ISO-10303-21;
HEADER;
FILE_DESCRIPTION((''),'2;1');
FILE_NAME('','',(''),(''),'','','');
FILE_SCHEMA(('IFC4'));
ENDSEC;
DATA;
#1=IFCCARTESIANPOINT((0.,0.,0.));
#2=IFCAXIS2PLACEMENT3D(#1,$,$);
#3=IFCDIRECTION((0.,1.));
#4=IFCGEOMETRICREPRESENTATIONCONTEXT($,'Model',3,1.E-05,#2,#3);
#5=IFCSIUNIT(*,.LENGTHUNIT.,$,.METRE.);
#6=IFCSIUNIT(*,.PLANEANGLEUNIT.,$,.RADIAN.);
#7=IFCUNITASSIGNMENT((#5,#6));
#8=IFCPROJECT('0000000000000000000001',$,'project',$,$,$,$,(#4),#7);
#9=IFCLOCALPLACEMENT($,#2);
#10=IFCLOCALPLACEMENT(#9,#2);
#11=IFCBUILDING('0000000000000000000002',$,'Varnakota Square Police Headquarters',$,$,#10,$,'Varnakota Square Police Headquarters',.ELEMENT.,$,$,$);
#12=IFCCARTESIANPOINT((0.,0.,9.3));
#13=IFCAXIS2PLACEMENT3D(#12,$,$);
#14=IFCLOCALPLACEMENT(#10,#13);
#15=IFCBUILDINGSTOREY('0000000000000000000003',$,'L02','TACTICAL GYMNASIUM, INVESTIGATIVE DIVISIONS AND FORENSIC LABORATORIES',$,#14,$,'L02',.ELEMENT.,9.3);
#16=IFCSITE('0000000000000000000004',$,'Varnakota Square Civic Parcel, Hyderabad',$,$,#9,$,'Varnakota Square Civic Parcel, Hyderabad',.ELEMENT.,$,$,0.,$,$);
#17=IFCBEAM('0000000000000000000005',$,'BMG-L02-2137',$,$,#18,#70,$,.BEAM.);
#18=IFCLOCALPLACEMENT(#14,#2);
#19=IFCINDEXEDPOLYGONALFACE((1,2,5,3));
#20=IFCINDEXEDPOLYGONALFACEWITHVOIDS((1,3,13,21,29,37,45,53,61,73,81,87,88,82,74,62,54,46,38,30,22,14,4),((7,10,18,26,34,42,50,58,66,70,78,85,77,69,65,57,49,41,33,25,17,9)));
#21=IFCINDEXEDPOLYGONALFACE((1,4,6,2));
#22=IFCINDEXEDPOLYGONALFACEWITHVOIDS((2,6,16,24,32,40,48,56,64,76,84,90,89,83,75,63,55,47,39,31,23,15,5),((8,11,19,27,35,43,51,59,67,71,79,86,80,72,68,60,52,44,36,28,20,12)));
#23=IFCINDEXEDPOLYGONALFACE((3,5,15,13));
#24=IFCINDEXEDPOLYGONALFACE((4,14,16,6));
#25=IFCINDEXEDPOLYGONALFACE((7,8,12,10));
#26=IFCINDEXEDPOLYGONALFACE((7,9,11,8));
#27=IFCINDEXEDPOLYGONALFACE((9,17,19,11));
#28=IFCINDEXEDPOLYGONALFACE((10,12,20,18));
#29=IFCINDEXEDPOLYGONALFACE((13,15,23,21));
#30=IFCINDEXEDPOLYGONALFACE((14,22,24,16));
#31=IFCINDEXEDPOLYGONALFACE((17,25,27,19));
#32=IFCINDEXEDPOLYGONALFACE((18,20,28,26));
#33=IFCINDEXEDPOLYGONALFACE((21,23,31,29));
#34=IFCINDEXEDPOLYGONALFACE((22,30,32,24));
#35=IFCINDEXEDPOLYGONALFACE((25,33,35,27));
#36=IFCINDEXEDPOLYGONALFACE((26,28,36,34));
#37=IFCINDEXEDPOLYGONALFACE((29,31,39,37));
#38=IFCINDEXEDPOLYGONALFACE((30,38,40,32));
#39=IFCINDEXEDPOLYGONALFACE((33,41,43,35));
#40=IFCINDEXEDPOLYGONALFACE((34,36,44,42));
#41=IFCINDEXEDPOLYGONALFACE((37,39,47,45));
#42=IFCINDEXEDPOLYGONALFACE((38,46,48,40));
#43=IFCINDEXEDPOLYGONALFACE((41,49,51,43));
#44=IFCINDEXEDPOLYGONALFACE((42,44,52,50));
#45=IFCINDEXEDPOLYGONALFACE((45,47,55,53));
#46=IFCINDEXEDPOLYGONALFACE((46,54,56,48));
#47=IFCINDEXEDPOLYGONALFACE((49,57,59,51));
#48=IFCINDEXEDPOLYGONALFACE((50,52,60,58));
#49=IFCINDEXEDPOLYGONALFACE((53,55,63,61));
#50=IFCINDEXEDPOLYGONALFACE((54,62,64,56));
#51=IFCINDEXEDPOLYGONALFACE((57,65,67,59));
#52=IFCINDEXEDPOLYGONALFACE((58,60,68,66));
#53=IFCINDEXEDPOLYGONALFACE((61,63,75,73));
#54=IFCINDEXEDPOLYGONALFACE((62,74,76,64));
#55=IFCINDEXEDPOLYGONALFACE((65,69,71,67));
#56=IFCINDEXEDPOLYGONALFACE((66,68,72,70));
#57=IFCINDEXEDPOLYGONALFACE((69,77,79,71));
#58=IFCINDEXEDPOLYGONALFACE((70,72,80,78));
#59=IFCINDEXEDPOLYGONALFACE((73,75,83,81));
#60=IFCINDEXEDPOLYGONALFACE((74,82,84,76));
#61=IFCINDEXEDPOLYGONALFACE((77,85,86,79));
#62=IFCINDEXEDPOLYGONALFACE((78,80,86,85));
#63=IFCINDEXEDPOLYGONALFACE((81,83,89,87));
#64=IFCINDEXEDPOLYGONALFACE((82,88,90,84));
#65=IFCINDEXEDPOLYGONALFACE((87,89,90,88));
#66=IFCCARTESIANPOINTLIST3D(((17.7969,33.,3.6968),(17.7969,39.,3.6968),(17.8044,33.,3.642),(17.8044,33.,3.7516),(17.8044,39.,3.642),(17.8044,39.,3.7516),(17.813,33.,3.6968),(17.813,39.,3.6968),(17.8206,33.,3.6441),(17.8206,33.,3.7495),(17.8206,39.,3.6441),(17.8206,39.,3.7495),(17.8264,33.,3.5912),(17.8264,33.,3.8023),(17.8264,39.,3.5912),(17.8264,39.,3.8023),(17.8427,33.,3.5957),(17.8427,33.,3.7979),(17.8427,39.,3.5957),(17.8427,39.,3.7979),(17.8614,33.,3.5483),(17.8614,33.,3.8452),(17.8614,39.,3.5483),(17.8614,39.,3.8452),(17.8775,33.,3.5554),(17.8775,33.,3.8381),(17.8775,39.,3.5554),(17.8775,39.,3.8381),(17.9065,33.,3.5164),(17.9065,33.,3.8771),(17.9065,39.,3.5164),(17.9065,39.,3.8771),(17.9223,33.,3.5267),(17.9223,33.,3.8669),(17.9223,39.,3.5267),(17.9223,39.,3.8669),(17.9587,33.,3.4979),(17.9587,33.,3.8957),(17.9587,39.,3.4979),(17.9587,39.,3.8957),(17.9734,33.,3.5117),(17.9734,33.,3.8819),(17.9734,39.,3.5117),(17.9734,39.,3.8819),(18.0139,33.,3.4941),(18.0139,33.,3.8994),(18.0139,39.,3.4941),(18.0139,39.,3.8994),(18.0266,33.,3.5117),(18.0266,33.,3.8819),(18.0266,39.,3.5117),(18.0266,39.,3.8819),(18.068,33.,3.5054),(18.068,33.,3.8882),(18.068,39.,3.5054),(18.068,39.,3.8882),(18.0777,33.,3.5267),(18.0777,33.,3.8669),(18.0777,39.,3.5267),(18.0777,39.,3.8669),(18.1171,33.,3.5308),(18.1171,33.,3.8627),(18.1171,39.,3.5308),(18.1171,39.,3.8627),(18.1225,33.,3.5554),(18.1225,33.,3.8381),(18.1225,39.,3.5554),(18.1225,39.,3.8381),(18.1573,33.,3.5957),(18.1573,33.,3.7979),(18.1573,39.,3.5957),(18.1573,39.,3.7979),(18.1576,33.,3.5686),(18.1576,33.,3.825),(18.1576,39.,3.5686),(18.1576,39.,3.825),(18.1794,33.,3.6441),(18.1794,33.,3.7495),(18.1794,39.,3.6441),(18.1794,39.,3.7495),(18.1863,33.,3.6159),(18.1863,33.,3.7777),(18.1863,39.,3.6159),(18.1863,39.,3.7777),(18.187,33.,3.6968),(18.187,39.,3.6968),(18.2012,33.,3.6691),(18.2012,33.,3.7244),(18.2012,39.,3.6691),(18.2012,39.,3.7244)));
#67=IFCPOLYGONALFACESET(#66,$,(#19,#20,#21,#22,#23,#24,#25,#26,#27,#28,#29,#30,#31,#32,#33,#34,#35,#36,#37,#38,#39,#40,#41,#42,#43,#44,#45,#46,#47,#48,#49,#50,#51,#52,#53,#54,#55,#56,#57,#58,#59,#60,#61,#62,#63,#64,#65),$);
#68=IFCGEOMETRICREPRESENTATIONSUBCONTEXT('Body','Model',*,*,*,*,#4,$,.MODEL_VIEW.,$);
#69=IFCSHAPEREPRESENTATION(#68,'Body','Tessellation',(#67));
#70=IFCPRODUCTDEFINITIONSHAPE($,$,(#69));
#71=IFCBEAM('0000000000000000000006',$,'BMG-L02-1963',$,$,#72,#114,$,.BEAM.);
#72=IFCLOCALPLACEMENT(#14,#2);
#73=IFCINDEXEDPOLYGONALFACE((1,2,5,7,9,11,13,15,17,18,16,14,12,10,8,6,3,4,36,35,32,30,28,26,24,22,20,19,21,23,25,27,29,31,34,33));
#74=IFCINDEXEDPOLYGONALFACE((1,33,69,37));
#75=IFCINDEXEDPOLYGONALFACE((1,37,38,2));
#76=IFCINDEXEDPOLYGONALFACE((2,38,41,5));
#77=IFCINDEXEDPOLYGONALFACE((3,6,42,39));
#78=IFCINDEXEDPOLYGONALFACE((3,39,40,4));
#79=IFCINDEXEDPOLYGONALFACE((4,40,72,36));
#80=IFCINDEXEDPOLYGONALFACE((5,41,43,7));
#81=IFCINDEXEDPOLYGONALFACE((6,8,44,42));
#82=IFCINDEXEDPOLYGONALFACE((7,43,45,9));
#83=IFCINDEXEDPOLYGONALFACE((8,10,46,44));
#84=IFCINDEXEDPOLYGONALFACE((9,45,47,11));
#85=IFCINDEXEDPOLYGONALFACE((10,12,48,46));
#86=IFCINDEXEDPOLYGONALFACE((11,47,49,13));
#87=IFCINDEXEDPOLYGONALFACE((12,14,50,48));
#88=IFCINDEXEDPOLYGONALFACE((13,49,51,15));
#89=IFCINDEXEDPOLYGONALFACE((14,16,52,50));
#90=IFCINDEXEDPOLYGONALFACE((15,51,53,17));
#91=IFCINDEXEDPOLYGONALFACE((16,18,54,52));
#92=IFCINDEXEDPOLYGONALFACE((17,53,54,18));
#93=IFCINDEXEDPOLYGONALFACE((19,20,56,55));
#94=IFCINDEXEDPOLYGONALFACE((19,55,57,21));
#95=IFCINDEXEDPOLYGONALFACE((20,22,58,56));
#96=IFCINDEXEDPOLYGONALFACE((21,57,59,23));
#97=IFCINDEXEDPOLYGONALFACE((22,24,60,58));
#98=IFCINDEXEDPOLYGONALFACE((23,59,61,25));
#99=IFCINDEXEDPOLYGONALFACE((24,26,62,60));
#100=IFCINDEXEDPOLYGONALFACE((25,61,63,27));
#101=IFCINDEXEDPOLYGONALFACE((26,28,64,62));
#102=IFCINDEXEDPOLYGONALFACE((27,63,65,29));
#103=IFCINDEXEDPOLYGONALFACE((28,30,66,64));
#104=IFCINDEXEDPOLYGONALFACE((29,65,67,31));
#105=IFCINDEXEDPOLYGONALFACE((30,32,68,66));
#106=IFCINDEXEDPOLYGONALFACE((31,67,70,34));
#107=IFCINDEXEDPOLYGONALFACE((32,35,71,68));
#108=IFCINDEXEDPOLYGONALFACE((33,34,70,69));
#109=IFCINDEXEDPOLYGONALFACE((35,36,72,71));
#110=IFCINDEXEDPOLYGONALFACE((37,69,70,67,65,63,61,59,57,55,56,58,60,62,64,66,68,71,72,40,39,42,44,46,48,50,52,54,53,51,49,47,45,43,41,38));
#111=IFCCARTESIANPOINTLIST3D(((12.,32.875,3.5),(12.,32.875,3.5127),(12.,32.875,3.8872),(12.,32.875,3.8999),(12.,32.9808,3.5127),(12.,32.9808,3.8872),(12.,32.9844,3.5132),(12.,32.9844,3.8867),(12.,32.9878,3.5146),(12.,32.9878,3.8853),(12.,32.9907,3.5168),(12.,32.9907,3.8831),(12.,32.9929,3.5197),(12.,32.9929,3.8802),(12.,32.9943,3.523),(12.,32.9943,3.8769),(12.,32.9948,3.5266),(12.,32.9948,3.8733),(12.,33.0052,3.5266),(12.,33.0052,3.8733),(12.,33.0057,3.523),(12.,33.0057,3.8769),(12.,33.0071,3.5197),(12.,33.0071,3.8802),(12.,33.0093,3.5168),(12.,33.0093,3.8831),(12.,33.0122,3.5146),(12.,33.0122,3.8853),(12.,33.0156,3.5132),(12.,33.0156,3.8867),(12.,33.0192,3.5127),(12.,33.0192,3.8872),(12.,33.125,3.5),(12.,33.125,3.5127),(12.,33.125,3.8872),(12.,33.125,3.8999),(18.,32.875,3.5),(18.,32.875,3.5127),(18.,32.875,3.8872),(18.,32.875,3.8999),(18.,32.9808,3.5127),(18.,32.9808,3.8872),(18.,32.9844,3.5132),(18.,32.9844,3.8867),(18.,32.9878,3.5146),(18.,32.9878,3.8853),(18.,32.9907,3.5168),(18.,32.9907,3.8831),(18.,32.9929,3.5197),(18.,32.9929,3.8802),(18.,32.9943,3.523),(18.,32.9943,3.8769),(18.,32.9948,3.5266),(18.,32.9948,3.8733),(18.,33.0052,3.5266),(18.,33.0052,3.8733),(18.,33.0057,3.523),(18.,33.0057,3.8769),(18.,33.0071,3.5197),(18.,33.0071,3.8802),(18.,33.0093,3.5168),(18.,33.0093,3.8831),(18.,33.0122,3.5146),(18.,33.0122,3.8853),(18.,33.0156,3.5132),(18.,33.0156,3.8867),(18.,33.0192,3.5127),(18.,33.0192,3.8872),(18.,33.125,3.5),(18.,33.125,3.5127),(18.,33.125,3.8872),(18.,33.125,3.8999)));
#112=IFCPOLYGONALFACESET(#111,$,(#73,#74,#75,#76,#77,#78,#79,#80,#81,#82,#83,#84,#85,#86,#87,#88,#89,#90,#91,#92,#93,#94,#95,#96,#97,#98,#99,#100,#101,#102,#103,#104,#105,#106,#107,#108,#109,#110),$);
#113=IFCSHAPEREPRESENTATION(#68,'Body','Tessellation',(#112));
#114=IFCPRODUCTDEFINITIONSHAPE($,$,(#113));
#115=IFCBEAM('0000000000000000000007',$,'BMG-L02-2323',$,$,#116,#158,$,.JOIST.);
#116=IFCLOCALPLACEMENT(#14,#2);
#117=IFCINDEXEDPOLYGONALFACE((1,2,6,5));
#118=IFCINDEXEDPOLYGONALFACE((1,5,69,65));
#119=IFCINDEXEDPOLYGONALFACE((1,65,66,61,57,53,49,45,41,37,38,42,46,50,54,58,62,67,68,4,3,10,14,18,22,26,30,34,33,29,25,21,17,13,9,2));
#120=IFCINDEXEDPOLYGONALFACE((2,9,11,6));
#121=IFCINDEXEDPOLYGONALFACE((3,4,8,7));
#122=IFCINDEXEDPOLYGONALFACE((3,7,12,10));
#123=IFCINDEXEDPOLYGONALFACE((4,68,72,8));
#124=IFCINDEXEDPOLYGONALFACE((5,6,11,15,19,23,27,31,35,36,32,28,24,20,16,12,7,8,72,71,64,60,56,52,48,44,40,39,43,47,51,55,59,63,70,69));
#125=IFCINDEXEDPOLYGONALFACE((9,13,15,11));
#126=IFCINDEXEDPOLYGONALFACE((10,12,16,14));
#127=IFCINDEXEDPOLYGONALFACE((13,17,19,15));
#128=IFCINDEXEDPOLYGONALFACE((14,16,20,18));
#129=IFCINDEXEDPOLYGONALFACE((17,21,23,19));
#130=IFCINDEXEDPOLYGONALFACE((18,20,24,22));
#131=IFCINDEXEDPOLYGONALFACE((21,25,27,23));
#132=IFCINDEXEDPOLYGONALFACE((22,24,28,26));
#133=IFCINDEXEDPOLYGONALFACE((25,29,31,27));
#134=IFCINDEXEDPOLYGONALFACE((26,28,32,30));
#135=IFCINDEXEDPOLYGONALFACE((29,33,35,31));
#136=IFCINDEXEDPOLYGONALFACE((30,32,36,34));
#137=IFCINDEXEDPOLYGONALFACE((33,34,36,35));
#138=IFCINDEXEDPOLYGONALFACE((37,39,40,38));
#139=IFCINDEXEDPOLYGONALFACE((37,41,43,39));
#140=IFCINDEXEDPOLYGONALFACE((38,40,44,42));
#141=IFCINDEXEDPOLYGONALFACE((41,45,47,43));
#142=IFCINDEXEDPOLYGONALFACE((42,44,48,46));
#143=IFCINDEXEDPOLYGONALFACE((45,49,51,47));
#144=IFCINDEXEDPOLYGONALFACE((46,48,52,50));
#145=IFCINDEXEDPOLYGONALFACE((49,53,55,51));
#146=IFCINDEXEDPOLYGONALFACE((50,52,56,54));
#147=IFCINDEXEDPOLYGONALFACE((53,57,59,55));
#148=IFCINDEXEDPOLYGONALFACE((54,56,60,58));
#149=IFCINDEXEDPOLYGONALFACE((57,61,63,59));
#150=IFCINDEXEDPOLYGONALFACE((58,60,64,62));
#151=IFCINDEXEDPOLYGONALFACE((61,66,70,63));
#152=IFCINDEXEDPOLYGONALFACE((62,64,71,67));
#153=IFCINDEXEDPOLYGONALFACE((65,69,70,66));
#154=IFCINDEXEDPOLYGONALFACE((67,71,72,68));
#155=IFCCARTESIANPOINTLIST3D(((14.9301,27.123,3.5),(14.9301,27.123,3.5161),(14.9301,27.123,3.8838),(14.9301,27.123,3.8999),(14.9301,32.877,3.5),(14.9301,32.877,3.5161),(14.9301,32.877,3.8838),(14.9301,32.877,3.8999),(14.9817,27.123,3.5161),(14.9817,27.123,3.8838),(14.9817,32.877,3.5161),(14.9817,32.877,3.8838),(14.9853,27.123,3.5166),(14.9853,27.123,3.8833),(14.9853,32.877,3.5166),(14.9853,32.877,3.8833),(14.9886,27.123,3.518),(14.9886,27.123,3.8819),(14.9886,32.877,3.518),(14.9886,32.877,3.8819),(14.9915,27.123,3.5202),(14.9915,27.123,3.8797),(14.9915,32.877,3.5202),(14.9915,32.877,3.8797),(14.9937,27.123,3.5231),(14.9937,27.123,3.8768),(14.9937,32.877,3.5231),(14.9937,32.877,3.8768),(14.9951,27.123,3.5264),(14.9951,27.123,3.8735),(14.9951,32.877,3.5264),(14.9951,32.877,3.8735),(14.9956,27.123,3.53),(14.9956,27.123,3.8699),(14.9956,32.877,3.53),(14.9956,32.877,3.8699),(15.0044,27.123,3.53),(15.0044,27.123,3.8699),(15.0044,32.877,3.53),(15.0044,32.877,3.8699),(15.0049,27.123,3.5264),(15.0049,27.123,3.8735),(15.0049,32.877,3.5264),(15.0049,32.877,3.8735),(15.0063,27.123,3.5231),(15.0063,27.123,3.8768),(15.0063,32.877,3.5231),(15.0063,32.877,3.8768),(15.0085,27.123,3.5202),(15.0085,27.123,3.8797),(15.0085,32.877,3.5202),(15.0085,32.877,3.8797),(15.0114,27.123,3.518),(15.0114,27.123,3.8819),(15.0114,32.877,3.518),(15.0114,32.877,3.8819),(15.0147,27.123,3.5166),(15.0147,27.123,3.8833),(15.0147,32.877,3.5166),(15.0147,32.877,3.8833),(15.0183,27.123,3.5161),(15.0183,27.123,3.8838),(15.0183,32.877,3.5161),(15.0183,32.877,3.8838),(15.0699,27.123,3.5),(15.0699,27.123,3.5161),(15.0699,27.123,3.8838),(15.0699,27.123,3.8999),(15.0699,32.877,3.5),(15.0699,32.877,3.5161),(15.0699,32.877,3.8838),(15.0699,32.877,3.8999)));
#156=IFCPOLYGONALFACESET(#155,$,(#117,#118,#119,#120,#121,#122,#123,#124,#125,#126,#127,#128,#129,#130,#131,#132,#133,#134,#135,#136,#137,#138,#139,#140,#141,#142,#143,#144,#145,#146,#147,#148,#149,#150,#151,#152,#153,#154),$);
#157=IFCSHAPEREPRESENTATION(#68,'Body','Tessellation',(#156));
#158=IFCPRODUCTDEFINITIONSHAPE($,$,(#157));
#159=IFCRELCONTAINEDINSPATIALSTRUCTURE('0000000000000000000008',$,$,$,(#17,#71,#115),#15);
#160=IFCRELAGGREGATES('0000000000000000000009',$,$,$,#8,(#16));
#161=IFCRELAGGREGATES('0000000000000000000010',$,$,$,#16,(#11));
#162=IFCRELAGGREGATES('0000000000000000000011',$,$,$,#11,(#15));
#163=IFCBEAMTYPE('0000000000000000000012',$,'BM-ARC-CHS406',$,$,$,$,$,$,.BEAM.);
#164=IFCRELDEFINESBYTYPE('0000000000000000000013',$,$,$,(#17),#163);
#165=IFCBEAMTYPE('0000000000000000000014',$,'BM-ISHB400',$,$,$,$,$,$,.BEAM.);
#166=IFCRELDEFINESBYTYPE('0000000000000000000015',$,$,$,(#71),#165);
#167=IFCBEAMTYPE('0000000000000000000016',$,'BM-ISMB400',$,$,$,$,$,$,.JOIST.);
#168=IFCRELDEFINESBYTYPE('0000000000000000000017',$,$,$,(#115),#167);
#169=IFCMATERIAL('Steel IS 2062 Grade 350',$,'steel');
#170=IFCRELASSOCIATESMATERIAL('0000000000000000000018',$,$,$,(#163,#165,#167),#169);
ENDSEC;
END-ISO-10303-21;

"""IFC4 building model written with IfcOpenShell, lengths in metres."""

from ifc_helpers import new_model, si_unit, direction, frame, origin, origin_2d, place, context, subcontext, project, spatial, hollow_circle, i_section, extrude, material, material_profile, profile_set, type_object, element, save


model = new_model("IFC4")

# Units and contexts
model_context = context("Model", 3, precision=1e-05, world=origin(), true_north=direction((0.0, 1.0)))
body_context = subcontext(model_context, "Body", "Model", "MODEL_VIEW")
ifc_project = project(units=[si_unit("LENGTHUNIT", "METRE"), si_unit("PLANEANGLEUNIT", "RADIAN")], contexts=[model_context])

# Site, building, storey
site_placement = place(None, origin())
site = spatial("IfcSite", under=ifc_project, at=site_placement, Name="Varnakota Square Civic Parcel, Hyderabad", LongName="Varnakota Square Civic Parcel, Hyderabad", CompositionType="ELEMENT", RefElevation=0.0)
building_placement = place(site_placement, origin())
building = spatial("IfcBuilding", under=site, at=building_placement, Name="Varnakota Square Police Headquarters", LongName="Varnakota Square Police Headquarters", CompositionType="ELEMENT")
storey_placement = place(building_placement, frame((0.0, 0.0, 9.3)))
storey = spatial("IfcBuildingStorey", under=building, at=storey_placement, Name="L02", Description="TACTICAL GYMNASIUM, INVESTIGATIVE DIVISIONS AND FORENSIC LABORATORIES", LongName="L02", CompositionType="ELEMENT", Elevation=9.3)

# Shared definitions
ifc_material_1 = material(Name="Steel IS 2062 Grade 350", Category="steel")

# Beams
ifc_material_profile_1 = material_profile(ifc_material_1, hollow_circle(Radius=0.2031, WallThickness=0.0161, at=origin_2d()), Name="CHS 406.4x16.0")
ifc_profile_set_1 = profile_set([ifc_material_profile_1], Name="Steel IS 2062 Grade 350")
beam_type_1 = type_object("IfcBeamType", Name="BM-ARC-CHS406", PredefinedType="BEAM", material=ifc_profile_set_1)
for number, where, z_axis, x_axis, name in (
    (1, (18.0, 33.0, 3.6968), (0.0, 1.0, 0.0), (-1.0, 0.0, 0.0), "BMG-L02-2137"),
):
    element("IfcBeam", number, at=place(storey_placement, frame(where, z_axis=z_axis, x_axis=x_axis)), inside=storey, type_object=beam_type_1, Name=name, PredefinedType="BEAM", context=body_context, shape_type="SweptSolid", body=[
        extrude(hollow_circle(Radius=0.2031, WallThickness=0.0161, at=origin_2d()), origin(), (0.0, 0.0, 1.0), 6.0),
    ])
ifc_material_profile_2 = material_profile(ifc_material_1, i_section(OverallWidth=0.25, OverallDepth=0.3999, WebThickness=0.0105, FlangeThickness=0.0127, FilletRadius=0.0139, at=origin_2d()), Name="ISHB 400")
ifc_profile_set_2 = profile_set([ifc_material_profile_2], Name="Steel IS 2062 Grade 350")
beam_type_2 = type_object("IfcBeamType", Name="BM-ISHB400", PredefinedType="BEAM", material=ifc_profile_set_2)
beam_1_placement = place(storey_placement, frame((12.0, 33.0, 3.7), z_axis=(1.0, 0.0, 0.0), x_axis=(0.0, 1.0, 0.0)))
element("IfcBeam", 2, at=beam_1_placement, inside=storey, type_object=beam_type_2, Name="BMG-L02-1963", PredefinedType="BEAM", context=body_context, shape_type="SweptSolid", body=[
    extrude(i_section(OverallWidth=0.25, OverallDepth=0.3999, WebThickness=0.0105, FlangeThickness=0.0127, FilletRadius=0.0139, at=origin_2d()), origin(), (0.0, 0.0, 1.0), 6.0),
])
ifc_material_profile_3 = material_profile(ifc_material_1, i_section(OverallWidth=0.1399, OverallDepth=0.3999, WebThickness=0.0088, FlangeThickness=0.0161, FilletRadius=0.0139, at=origin_2d()), Name="ISMB 400")
ifc_profile_set_3 = profile_set([ifc_material_profile_3], Name="Steel IS 2062 Grade 350")
beam_type_3 = type_object("IfcBeamType", Name="BM-ISMB400", PredefinedType="JOIST", material=ifc_profile_set_3)
beam_2_placement = place(storey_placement, frame((15.0, 27.123, 3.7), z_axis=(0.0, 1.0, 0.0), x_axis=(-1.0, 0.0, 0.0)))
element("IfcBeam", 3, at=beam_2_placement, inside=storey, type_object=beam_type_3, Name="BMG-L02-2323", PredefinedType="JOIST", context=body_context, shape_type="SweptSolid", body=[
    extrude(i_section(OverallWidth=0.1399, OverallDepth=0.3999, WebThickness=0.0088, FlangeThickness=0.0161, FilletRadius=0.0139, at=origin_2d()), origin(), (0.0, 0.0, 1.0), 5.7539),
])

save(model, "model.ifc")
